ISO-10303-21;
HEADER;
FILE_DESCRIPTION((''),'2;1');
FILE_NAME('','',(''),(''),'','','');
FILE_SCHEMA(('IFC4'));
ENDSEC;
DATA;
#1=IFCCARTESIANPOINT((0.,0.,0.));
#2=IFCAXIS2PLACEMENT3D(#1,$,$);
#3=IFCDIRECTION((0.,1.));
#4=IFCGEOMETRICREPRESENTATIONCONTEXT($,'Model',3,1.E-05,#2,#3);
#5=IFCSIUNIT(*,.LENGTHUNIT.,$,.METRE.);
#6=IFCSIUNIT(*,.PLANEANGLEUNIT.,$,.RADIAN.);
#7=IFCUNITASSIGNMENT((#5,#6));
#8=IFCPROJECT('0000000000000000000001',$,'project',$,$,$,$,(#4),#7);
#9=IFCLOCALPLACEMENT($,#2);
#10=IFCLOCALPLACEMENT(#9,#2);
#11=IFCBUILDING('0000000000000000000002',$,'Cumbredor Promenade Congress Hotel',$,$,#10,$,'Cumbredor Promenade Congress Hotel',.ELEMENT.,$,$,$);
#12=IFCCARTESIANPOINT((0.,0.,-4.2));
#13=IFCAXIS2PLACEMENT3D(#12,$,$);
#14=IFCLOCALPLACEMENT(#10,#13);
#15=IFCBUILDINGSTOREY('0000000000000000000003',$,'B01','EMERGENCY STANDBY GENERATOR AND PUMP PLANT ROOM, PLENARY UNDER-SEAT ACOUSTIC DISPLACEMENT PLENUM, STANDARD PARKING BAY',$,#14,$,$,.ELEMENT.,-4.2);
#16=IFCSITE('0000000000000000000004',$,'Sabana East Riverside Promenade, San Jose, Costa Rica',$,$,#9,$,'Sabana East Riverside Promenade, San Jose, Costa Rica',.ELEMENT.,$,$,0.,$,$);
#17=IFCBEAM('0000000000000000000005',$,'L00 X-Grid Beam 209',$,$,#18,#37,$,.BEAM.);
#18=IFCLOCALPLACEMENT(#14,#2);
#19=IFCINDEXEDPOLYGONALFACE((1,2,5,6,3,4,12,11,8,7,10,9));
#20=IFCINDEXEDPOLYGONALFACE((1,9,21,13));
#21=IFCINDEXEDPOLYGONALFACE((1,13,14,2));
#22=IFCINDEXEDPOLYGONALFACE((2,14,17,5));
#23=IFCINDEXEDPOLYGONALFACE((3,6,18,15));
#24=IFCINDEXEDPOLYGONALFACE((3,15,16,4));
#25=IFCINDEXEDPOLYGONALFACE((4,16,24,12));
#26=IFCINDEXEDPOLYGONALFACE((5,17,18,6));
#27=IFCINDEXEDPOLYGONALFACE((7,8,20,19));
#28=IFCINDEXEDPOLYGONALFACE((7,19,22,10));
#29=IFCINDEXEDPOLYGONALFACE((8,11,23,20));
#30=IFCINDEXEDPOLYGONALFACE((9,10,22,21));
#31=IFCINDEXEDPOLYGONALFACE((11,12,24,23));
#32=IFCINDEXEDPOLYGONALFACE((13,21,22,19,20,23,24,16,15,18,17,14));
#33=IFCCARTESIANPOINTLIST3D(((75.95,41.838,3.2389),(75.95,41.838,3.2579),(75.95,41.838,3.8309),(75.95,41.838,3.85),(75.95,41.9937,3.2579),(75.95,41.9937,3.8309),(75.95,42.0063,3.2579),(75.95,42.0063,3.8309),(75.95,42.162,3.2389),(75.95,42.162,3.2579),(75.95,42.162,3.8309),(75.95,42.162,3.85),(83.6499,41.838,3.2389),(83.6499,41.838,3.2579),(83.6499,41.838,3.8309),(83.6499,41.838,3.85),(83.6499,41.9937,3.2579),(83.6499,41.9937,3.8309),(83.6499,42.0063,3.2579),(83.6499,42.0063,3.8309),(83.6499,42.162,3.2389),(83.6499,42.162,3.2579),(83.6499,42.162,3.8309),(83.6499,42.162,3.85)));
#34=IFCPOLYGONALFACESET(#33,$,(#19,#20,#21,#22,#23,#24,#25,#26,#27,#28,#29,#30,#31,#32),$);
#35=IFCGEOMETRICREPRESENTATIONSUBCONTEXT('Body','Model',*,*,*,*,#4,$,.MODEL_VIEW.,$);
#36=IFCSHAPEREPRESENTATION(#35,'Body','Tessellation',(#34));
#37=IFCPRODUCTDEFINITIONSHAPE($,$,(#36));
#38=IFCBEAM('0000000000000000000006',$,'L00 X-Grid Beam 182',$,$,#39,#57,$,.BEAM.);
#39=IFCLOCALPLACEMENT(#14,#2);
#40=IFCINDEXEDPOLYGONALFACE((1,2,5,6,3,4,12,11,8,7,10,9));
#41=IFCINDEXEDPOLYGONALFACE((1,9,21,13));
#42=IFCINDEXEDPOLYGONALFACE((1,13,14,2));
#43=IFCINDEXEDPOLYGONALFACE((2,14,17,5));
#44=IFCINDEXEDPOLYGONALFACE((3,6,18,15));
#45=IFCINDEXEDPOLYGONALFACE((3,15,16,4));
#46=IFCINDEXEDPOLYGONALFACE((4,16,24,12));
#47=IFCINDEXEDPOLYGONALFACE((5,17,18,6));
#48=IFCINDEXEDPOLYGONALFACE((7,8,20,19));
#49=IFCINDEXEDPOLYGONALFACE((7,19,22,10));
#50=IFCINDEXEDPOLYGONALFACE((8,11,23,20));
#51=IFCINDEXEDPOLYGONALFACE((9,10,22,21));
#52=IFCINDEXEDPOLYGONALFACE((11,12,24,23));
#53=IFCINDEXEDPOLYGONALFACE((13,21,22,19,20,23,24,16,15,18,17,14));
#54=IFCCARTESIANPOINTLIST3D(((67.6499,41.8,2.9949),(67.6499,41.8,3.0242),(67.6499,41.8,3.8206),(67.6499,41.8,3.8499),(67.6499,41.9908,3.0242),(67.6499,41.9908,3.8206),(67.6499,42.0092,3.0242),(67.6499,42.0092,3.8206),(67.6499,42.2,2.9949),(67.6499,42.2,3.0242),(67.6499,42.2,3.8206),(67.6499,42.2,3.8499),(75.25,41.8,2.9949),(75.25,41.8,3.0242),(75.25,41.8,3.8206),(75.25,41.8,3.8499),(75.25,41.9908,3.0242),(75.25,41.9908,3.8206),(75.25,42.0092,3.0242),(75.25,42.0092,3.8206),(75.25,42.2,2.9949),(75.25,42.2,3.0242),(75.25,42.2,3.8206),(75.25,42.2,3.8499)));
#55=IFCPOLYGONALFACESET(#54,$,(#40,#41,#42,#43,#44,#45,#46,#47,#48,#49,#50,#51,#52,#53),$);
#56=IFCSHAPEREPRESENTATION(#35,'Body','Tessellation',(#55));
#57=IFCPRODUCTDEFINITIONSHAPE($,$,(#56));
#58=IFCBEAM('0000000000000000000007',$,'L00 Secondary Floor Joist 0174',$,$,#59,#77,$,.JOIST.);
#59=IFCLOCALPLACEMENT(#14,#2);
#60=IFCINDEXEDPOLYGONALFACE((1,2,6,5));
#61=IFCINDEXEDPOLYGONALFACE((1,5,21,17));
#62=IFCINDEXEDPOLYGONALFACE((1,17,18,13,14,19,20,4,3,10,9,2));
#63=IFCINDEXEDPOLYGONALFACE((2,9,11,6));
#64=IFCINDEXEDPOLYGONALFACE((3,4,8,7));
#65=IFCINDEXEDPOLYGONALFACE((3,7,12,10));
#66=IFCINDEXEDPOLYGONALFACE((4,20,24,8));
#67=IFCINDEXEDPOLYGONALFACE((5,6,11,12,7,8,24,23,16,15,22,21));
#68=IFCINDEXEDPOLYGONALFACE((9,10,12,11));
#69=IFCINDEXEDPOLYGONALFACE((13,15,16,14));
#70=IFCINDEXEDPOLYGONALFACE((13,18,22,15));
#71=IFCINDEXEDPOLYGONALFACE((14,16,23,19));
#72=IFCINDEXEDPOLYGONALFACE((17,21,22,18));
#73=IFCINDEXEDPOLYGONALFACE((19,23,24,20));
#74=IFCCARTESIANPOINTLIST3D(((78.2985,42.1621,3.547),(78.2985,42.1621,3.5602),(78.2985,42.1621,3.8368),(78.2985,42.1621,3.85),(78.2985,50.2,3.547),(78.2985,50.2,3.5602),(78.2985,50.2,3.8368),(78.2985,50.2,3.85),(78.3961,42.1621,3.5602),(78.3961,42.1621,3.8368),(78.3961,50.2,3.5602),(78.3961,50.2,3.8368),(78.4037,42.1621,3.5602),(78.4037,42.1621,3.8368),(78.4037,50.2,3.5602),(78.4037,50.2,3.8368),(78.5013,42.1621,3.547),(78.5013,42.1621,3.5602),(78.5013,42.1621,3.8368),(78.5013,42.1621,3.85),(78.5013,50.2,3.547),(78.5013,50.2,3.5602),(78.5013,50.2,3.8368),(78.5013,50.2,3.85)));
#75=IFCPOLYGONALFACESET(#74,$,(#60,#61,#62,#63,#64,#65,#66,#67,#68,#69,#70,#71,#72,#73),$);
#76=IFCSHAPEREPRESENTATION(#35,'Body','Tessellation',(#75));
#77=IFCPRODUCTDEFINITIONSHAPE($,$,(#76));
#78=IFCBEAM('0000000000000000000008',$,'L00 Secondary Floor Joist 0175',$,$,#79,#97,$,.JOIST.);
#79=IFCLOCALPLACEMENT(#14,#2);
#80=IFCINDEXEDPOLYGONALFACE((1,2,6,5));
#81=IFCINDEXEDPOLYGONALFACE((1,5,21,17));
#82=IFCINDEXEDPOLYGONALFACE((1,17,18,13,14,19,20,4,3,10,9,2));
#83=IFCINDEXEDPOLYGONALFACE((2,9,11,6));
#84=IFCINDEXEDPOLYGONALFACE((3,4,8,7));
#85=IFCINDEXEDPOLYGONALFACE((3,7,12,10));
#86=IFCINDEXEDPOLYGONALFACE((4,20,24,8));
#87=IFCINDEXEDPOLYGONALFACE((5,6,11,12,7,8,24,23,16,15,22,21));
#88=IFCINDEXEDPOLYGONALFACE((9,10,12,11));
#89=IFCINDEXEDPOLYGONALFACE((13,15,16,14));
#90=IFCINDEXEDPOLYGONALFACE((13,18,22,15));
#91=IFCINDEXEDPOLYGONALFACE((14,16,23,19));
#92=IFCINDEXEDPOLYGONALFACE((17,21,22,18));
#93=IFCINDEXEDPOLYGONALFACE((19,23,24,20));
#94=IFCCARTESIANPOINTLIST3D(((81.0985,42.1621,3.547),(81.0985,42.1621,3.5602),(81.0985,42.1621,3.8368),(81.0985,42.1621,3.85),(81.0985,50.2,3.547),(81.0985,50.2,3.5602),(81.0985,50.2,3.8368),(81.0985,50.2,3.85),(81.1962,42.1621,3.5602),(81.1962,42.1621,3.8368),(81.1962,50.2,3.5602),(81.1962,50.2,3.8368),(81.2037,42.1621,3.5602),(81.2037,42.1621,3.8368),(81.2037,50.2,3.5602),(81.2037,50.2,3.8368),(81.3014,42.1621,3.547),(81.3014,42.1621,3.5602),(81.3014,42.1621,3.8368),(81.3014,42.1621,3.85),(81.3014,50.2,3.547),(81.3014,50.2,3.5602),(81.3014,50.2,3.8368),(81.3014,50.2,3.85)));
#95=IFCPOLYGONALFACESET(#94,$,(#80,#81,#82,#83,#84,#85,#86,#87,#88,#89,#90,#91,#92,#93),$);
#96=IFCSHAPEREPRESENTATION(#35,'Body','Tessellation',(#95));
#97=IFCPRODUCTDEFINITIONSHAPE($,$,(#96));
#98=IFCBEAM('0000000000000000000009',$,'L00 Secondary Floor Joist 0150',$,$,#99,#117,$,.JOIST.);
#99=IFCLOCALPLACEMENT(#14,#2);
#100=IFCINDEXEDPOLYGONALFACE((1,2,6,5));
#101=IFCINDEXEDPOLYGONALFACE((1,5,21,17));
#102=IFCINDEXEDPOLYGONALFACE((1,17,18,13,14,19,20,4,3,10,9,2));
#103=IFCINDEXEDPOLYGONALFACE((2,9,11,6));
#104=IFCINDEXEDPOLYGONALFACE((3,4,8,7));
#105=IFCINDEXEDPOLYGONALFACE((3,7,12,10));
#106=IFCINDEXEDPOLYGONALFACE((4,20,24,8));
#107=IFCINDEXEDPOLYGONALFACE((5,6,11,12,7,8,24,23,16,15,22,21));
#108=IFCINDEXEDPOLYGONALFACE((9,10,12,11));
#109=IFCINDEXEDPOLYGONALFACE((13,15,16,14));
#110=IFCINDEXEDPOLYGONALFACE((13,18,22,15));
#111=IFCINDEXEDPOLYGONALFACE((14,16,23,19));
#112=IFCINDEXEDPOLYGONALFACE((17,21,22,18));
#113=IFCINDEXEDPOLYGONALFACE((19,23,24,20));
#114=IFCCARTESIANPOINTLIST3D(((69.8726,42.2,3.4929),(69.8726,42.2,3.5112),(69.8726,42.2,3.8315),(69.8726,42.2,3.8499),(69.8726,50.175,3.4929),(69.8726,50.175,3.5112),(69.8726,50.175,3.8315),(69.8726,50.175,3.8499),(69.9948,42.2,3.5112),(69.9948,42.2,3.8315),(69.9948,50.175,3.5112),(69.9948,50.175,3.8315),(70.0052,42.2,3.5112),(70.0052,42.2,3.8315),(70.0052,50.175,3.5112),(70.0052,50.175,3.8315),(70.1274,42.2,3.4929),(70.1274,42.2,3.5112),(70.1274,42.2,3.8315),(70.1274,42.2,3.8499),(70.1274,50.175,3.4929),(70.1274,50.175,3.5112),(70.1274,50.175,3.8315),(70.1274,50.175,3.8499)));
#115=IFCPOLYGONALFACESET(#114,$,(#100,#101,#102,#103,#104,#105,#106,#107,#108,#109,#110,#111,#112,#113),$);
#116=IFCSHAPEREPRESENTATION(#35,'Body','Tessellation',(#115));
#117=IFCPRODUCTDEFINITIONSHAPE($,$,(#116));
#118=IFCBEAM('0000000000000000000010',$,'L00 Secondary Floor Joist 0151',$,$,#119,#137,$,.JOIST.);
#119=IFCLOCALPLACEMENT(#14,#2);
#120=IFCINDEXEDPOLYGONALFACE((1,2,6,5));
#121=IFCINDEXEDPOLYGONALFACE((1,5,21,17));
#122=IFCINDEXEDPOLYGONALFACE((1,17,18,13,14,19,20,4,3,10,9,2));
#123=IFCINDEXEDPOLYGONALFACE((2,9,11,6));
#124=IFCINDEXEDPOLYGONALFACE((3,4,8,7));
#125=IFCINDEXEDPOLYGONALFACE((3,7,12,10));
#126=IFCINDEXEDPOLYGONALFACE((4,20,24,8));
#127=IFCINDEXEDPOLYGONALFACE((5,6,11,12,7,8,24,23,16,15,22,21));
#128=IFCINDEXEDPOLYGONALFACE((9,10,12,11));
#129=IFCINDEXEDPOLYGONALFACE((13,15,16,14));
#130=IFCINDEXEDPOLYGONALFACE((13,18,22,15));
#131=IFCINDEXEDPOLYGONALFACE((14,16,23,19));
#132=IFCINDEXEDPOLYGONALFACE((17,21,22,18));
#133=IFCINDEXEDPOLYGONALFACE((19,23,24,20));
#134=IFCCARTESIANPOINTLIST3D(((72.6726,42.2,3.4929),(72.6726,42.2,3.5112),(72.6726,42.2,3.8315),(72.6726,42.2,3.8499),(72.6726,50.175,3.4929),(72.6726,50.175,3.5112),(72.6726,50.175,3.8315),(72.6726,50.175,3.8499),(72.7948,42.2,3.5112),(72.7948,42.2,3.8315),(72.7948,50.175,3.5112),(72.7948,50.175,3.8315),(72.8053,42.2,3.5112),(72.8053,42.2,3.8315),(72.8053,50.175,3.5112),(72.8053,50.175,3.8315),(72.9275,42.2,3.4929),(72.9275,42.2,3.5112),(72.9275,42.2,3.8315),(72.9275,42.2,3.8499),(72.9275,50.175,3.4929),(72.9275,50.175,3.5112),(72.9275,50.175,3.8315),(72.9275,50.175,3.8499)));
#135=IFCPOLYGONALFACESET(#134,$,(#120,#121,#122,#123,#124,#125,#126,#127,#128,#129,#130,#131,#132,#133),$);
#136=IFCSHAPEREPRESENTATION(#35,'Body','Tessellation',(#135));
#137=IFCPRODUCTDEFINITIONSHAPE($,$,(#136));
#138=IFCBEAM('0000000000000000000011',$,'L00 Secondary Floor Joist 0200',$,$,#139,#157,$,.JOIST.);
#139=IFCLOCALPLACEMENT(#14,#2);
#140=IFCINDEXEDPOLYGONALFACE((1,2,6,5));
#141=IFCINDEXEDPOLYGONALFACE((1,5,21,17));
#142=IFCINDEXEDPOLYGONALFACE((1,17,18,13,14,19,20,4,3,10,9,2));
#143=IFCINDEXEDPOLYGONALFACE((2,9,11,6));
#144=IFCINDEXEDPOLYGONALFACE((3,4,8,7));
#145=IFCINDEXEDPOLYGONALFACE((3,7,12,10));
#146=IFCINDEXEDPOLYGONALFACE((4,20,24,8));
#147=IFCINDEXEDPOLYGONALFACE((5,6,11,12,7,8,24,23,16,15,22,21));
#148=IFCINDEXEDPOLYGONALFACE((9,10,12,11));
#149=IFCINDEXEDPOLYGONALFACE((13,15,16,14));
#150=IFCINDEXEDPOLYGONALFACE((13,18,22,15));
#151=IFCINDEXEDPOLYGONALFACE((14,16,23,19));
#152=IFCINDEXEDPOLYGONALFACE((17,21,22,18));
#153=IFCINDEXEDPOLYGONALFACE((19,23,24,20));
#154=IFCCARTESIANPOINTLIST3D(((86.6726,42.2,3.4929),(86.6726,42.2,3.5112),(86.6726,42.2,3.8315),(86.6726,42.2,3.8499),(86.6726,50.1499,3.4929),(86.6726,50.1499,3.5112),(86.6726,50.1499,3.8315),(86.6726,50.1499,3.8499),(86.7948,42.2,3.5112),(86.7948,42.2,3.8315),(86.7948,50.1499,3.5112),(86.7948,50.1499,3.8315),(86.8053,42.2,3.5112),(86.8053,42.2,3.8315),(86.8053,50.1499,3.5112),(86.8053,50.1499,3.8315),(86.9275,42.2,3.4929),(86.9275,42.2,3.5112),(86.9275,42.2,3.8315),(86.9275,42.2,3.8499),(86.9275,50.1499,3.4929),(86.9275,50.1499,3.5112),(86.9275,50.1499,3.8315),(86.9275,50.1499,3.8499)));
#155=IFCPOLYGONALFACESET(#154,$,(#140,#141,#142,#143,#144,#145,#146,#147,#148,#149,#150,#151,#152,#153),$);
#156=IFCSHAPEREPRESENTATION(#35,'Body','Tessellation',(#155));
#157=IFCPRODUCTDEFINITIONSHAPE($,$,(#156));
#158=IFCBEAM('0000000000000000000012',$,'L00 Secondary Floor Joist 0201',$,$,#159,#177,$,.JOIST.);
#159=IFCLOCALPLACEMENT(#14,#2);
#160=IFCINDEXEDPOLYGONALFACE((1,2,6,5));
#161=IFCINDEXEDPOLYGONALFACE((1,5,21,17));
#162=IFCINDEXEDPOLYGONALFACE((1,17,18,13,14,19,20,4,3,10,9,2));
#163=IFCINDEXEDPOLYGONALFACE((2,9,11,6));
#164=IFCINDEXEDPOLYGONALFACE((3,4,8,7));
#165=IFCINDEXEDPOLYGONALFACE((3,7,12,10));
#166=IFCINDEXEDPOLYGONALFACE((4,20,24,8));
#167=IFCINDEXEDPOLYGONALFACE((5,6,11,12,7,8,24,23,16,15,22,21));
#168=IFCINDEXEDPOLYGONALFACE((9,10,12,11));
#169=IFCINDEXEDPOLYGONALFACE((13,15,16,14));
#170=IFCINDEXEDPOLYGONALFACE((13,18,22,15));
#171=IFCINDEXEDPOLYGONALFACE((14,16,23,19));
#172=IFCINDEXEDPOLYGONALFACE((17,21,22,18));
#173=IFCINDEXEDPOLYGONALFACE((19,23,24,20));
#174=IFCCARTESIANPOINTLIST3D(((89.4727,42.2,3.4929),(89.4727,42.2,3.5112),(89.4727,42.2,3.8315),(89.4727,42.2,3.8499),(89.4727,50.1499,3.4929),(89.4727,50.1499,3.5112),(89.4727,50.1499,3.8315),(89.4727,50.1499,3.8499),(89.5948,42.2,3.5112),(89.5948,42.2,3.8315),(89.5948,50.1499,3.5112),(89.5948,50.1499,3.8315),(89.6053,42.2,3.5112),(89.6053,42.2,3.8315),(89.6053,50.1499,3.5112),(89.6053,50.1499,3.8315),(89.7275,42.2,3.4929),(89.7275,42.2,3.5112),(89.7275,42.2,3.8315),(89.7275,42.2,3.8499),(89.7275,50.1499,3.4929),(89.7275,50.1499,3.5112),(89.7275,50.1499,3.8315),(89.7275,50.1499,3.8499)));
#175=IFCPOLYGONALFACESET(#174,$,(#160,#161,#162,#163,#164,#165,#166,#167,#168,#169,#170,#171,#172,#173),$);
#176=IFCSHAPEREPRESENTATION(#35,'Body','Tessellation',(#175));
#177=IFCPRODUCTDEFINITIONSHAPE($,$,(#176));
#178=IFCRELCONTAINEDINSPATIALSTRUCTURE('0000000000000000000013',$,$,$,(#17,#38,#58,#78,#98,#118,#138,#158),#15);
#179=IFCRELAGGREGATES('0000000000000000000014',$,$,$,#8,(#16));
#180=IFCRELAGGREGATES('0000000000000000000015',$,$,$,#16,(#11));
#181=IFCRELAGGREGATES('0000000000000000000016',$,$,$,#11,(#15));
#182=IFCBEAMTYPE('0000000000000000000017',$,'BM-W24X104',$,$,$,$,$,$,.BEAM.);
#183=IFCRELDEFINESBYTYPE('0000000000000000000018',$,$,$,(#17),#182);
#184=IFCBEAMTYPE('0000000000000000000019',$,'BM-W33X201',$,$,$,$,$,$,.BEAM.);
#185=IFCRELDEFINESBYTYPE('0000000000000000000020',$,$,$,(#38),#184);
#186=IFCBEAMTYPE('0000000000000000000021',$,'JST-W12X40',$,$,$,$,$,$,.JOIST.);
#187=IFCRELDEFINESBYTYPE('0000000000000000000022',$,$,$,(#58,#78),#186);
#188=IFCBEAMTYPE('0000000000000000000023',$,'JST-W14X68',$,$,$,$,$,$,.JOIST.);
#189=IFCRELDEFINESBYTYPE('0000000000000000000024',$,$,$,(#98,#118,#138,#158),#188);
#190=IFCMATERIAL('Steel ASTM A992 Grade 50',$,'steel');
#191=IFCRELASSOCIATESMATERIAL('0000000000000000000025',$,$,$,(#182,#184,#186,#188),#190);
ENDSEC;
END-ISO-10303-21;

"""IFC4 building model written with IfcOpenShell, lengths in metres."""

from ifc_helpers import new_model, si_unit, direction, frame, origin, origin_2d, place, context, subcontext, project, spatial, i_section, extrude, material, material_profile, profile_set, type_object, element, save


model = new_model("IFC4")

# Units and contexts
model_context = context("Model", 3, precision=1e-05, world=origin(), true_north=direction((0.0, 1.0)))
body_context = subcontext(model_context, "Body", "Model", "MODEL_VIEW")
ifc_project = project(units=[si_unit("LENGTHUNIT", "METRE"), si_unit("PLANEANGLEUNIT", "RADIAN")], contexts=[model_context])

# Site, building, storey
site_placement = place(None, origin())
site = spatial("IfcSite", under=ifc_project, at=site_placement, Name="Sabana East Riverside Promenade, San Jose, Costa Rica", LongName="Sabana East Riverside Promenade, San Jose, Costa Rica", CompositionType="ELEMENT", RefElevation=0.0)
building_placement = place(site_placement, origin())
building = spatial("IfcBuilding", under=site, at=building_placement, Name="Cumbredor Promenade Congress Hotel", LongName="Cumbredor Promenade Congress Hotel", CompositionType="ELEMENT")
storey_placement = place(building_placement, frame((0.0, 0.0, -4.2)))
storey = spatial("IfcBuildingStorey", under=building, at=storey_placement, Name="B01", Description="EMERGENCY STANDBY GENERATOR AND PUMP PLANT ROOM, PLENARY UNDER-SEAT ACOUSTIC DISPLACEMENT PLENUM, STANDARD PARKING BAY", CompositionType="ELEMENT", Elevation=-4.2)

# Beams
ifc_material_1 = material(Name="Steel ASTM A992 Grade 50", Category="steel")
ifc_material_profile_1 = material_profile(ifc_material_1, i_section(OverallWidth=0.324, OverallDepth=0.6111, WebThickness=0.0127, FlangeThickness=0.019, at=origin_2d()), Name="W24X104")
ifc_profile_set_1 = profile_set([ifc_material_profile_1], Name="Steel ASTM A992 Grade 50")
beam_type_1 = type_object("IfcBeamType", Name="BM-W24X104", PredefinedType="BEAM", material=ifc_profile_set_1)
beam_1_placement = place(storey_placement, frame((75.95, 42.0, 3.5444), z_axis=(1.0, 0.0, 0.0), x_axis=(0.0, 1.0, 0.0)))
element("IfcBeam", 1, at=beam_1_placement, inside=storey, type_object=beam_type_1, Name="L00 X-Grid Beam 209", PredefinedType="BEAM", context=body_context, shape_type="SweptSolid", body=[
    extrude(i_section(OverallWidth=0.324, OverallDepth=0.6111, WebThickness=0.0127, FlangeThickness=0.019, at=origin_2d()), origin(), (0.0, 0.0, 1.0), 7.7),
])
ifc_material_profile_2 = material_profile(ifc_material_1, i_section(OverallWidth=0.3999, OverallDepth=0.855, WebThickness=0.0183, FlangeThickness=0.0293, at=origin_2d()), Name="W33X201")
ifc_profile_set_2 = profile_set([ifc_material_profile_2], Name="Steel ASTM A992 Grade 50")
beam_type_2 = type_object("IfcBeamType", Name="BM-W33X201", PredefinedType="BEAM", material=ifc_profile_set_2)
beam_2_placement = place(storey_placement, frame((67.6499, 42.0, 3.4224), z_axis=(1.0, 0.0, 0.0), x_axis=(0.0, 1.0, 0.0)))
element("IfcBeam", 2, at=beam_2_placement, inside=storey, type_object=beam_type_2, Name="L00 X-Grid Beam 182", PredefinedType="BEAM", context=body_context, shape_type="SweptSolid", body=[
    extrude(i_section(OverallWidth=0.3999, OverallDepth=0.855, WebThickness=0.0183, FlangeThickness=0.0293, at=origin_2d()), origin(), (0.0, 0.0, 1.0), 7.6001),
])
ifc_material_profile_3 = material_profile(ifc_material_1, i_section(OverallWidth=0.2029, OverallDepth=0.303, WebThickness=0.0076, FlangeThickness=0.0132, at=origin_2d()), Name="W12X40")
ifc_profile_set_3 = profile_set([ifc_material_profile_3], Name="Steel ASTM A992 Grade 50")
beam_type_3 = type_object("IfcBeamType", Name="JST-W12X40", PredefinedType="JOIST", material=ifc_profile_set_3)
for number, where, z_axis, x_axis, name in (
    (3, (78.3999, 42.1621, 3.6985), (0.0, 1.0, 0.0), (-1.0, 0.0, 0.0), "L00 Secondary Floor Joist 0174"),
    (4, (81.2, 42.1621, 3.6985), (0.0, 1.0, 0.0), (-1.0, 0.0, 0.0), "L00 Secondary Floor Joist 0175"),
):
    element("IfcBeam", number, at=place(storey_placement, frame(where, z_axis=z_axis, x_axis=x_axis)), inside=storey, type_object=beam_type_3, Name=name, PredefinedType="JOIST", context=body_context, shape_type="SweptSolid", body=[
        extrude(i_section(OverallWidth=0.2029, OverallDepth=0.303, WebThickness=0.0076, FlangeThickness=0.0132, at=origin_2d()), origin(), (0.0, 0.0, 1.0), 8.0378),
    ])
ifc_material_profile_4 = material_profile(ifc_material_1, i_section(OverallWidth=0.2549, OverallDepth=0.3569, WebThickness=0.0105, FlangeThickness=0.0183, at=origin_2d()), Name="W14X68")
ifc_profile_set_4 = profile_set([ifc_material_profile_4], Name="Steel ASTM A992 Grade 50")
beam_type_4 = type_object("IfcBeamType", Name="JST-W14X68", PredefinedType="JOIST", material=ifc_profile_set_4)
for number, where, z_axis, x_axis, name in (
    (5, (70.0, 42.2, 3.6714), (0.0, 1.0, 0.0), (-1.0, 0.0, 0.0), "L00 Secondary Floor Joist 0150"),
    (6, (72.8, 42.2, 3.6714), (0.0, 1.0, 0.0), (-1.0, 0.0, 0.0), "L00 Secondary Floor Joist 0151"),
):
    element("IfcBeam", number, at=place(storey_placement, frame(where, z_axis=z_axis, x_axis=x_axis)), inside=storey, type_object=beam_type_4, Name=name, PredefinedType="JOIST", context=body_context, shape_type="SweptSolid", body=[
        extrude(i_section(OverallWidth=0.2549, OverallDepth=0.3569, WebThickness=0.0105, FlangeThickness=0.0183, at=origin_2d()), origin(), (0.0, 0.0, 1.0), 7.9751),
    ])
for number, where, z_axis, x_axis, name in (
    (7, (86.8, 42.2, 3.6714), (0.0, 1.0, 0.0), (-1.0, 0.0, 0.0), "L00 Secondary Floor Joist 0200"),
    (8, (89.6001, 42.2, 3.6714), (0.0, 1.0, 0.0), (-1.0, 0.0, 0.0), "L00 Secondary Floor Joist 0201"),
):
    element("IfcBeam", number, at=place(storey_placement, frame(where, z_axis=z_axis, x_axis=x_axis)), inside=storey, type_object=beam_type_4, Name=name, PredefinedType="JOIST", context=body_context, shape_type="SweptSolid", body=[
        extrude(i_section(OverallWidth=0.2549, OverallDepth=0.3569, WebThickness=0.0105, FlangeThickness=0.0183, at=origin_2d()), origin(), (0.0, 0.0, 1.0), 7.95),
    ])

save(model, "model.ifc")
